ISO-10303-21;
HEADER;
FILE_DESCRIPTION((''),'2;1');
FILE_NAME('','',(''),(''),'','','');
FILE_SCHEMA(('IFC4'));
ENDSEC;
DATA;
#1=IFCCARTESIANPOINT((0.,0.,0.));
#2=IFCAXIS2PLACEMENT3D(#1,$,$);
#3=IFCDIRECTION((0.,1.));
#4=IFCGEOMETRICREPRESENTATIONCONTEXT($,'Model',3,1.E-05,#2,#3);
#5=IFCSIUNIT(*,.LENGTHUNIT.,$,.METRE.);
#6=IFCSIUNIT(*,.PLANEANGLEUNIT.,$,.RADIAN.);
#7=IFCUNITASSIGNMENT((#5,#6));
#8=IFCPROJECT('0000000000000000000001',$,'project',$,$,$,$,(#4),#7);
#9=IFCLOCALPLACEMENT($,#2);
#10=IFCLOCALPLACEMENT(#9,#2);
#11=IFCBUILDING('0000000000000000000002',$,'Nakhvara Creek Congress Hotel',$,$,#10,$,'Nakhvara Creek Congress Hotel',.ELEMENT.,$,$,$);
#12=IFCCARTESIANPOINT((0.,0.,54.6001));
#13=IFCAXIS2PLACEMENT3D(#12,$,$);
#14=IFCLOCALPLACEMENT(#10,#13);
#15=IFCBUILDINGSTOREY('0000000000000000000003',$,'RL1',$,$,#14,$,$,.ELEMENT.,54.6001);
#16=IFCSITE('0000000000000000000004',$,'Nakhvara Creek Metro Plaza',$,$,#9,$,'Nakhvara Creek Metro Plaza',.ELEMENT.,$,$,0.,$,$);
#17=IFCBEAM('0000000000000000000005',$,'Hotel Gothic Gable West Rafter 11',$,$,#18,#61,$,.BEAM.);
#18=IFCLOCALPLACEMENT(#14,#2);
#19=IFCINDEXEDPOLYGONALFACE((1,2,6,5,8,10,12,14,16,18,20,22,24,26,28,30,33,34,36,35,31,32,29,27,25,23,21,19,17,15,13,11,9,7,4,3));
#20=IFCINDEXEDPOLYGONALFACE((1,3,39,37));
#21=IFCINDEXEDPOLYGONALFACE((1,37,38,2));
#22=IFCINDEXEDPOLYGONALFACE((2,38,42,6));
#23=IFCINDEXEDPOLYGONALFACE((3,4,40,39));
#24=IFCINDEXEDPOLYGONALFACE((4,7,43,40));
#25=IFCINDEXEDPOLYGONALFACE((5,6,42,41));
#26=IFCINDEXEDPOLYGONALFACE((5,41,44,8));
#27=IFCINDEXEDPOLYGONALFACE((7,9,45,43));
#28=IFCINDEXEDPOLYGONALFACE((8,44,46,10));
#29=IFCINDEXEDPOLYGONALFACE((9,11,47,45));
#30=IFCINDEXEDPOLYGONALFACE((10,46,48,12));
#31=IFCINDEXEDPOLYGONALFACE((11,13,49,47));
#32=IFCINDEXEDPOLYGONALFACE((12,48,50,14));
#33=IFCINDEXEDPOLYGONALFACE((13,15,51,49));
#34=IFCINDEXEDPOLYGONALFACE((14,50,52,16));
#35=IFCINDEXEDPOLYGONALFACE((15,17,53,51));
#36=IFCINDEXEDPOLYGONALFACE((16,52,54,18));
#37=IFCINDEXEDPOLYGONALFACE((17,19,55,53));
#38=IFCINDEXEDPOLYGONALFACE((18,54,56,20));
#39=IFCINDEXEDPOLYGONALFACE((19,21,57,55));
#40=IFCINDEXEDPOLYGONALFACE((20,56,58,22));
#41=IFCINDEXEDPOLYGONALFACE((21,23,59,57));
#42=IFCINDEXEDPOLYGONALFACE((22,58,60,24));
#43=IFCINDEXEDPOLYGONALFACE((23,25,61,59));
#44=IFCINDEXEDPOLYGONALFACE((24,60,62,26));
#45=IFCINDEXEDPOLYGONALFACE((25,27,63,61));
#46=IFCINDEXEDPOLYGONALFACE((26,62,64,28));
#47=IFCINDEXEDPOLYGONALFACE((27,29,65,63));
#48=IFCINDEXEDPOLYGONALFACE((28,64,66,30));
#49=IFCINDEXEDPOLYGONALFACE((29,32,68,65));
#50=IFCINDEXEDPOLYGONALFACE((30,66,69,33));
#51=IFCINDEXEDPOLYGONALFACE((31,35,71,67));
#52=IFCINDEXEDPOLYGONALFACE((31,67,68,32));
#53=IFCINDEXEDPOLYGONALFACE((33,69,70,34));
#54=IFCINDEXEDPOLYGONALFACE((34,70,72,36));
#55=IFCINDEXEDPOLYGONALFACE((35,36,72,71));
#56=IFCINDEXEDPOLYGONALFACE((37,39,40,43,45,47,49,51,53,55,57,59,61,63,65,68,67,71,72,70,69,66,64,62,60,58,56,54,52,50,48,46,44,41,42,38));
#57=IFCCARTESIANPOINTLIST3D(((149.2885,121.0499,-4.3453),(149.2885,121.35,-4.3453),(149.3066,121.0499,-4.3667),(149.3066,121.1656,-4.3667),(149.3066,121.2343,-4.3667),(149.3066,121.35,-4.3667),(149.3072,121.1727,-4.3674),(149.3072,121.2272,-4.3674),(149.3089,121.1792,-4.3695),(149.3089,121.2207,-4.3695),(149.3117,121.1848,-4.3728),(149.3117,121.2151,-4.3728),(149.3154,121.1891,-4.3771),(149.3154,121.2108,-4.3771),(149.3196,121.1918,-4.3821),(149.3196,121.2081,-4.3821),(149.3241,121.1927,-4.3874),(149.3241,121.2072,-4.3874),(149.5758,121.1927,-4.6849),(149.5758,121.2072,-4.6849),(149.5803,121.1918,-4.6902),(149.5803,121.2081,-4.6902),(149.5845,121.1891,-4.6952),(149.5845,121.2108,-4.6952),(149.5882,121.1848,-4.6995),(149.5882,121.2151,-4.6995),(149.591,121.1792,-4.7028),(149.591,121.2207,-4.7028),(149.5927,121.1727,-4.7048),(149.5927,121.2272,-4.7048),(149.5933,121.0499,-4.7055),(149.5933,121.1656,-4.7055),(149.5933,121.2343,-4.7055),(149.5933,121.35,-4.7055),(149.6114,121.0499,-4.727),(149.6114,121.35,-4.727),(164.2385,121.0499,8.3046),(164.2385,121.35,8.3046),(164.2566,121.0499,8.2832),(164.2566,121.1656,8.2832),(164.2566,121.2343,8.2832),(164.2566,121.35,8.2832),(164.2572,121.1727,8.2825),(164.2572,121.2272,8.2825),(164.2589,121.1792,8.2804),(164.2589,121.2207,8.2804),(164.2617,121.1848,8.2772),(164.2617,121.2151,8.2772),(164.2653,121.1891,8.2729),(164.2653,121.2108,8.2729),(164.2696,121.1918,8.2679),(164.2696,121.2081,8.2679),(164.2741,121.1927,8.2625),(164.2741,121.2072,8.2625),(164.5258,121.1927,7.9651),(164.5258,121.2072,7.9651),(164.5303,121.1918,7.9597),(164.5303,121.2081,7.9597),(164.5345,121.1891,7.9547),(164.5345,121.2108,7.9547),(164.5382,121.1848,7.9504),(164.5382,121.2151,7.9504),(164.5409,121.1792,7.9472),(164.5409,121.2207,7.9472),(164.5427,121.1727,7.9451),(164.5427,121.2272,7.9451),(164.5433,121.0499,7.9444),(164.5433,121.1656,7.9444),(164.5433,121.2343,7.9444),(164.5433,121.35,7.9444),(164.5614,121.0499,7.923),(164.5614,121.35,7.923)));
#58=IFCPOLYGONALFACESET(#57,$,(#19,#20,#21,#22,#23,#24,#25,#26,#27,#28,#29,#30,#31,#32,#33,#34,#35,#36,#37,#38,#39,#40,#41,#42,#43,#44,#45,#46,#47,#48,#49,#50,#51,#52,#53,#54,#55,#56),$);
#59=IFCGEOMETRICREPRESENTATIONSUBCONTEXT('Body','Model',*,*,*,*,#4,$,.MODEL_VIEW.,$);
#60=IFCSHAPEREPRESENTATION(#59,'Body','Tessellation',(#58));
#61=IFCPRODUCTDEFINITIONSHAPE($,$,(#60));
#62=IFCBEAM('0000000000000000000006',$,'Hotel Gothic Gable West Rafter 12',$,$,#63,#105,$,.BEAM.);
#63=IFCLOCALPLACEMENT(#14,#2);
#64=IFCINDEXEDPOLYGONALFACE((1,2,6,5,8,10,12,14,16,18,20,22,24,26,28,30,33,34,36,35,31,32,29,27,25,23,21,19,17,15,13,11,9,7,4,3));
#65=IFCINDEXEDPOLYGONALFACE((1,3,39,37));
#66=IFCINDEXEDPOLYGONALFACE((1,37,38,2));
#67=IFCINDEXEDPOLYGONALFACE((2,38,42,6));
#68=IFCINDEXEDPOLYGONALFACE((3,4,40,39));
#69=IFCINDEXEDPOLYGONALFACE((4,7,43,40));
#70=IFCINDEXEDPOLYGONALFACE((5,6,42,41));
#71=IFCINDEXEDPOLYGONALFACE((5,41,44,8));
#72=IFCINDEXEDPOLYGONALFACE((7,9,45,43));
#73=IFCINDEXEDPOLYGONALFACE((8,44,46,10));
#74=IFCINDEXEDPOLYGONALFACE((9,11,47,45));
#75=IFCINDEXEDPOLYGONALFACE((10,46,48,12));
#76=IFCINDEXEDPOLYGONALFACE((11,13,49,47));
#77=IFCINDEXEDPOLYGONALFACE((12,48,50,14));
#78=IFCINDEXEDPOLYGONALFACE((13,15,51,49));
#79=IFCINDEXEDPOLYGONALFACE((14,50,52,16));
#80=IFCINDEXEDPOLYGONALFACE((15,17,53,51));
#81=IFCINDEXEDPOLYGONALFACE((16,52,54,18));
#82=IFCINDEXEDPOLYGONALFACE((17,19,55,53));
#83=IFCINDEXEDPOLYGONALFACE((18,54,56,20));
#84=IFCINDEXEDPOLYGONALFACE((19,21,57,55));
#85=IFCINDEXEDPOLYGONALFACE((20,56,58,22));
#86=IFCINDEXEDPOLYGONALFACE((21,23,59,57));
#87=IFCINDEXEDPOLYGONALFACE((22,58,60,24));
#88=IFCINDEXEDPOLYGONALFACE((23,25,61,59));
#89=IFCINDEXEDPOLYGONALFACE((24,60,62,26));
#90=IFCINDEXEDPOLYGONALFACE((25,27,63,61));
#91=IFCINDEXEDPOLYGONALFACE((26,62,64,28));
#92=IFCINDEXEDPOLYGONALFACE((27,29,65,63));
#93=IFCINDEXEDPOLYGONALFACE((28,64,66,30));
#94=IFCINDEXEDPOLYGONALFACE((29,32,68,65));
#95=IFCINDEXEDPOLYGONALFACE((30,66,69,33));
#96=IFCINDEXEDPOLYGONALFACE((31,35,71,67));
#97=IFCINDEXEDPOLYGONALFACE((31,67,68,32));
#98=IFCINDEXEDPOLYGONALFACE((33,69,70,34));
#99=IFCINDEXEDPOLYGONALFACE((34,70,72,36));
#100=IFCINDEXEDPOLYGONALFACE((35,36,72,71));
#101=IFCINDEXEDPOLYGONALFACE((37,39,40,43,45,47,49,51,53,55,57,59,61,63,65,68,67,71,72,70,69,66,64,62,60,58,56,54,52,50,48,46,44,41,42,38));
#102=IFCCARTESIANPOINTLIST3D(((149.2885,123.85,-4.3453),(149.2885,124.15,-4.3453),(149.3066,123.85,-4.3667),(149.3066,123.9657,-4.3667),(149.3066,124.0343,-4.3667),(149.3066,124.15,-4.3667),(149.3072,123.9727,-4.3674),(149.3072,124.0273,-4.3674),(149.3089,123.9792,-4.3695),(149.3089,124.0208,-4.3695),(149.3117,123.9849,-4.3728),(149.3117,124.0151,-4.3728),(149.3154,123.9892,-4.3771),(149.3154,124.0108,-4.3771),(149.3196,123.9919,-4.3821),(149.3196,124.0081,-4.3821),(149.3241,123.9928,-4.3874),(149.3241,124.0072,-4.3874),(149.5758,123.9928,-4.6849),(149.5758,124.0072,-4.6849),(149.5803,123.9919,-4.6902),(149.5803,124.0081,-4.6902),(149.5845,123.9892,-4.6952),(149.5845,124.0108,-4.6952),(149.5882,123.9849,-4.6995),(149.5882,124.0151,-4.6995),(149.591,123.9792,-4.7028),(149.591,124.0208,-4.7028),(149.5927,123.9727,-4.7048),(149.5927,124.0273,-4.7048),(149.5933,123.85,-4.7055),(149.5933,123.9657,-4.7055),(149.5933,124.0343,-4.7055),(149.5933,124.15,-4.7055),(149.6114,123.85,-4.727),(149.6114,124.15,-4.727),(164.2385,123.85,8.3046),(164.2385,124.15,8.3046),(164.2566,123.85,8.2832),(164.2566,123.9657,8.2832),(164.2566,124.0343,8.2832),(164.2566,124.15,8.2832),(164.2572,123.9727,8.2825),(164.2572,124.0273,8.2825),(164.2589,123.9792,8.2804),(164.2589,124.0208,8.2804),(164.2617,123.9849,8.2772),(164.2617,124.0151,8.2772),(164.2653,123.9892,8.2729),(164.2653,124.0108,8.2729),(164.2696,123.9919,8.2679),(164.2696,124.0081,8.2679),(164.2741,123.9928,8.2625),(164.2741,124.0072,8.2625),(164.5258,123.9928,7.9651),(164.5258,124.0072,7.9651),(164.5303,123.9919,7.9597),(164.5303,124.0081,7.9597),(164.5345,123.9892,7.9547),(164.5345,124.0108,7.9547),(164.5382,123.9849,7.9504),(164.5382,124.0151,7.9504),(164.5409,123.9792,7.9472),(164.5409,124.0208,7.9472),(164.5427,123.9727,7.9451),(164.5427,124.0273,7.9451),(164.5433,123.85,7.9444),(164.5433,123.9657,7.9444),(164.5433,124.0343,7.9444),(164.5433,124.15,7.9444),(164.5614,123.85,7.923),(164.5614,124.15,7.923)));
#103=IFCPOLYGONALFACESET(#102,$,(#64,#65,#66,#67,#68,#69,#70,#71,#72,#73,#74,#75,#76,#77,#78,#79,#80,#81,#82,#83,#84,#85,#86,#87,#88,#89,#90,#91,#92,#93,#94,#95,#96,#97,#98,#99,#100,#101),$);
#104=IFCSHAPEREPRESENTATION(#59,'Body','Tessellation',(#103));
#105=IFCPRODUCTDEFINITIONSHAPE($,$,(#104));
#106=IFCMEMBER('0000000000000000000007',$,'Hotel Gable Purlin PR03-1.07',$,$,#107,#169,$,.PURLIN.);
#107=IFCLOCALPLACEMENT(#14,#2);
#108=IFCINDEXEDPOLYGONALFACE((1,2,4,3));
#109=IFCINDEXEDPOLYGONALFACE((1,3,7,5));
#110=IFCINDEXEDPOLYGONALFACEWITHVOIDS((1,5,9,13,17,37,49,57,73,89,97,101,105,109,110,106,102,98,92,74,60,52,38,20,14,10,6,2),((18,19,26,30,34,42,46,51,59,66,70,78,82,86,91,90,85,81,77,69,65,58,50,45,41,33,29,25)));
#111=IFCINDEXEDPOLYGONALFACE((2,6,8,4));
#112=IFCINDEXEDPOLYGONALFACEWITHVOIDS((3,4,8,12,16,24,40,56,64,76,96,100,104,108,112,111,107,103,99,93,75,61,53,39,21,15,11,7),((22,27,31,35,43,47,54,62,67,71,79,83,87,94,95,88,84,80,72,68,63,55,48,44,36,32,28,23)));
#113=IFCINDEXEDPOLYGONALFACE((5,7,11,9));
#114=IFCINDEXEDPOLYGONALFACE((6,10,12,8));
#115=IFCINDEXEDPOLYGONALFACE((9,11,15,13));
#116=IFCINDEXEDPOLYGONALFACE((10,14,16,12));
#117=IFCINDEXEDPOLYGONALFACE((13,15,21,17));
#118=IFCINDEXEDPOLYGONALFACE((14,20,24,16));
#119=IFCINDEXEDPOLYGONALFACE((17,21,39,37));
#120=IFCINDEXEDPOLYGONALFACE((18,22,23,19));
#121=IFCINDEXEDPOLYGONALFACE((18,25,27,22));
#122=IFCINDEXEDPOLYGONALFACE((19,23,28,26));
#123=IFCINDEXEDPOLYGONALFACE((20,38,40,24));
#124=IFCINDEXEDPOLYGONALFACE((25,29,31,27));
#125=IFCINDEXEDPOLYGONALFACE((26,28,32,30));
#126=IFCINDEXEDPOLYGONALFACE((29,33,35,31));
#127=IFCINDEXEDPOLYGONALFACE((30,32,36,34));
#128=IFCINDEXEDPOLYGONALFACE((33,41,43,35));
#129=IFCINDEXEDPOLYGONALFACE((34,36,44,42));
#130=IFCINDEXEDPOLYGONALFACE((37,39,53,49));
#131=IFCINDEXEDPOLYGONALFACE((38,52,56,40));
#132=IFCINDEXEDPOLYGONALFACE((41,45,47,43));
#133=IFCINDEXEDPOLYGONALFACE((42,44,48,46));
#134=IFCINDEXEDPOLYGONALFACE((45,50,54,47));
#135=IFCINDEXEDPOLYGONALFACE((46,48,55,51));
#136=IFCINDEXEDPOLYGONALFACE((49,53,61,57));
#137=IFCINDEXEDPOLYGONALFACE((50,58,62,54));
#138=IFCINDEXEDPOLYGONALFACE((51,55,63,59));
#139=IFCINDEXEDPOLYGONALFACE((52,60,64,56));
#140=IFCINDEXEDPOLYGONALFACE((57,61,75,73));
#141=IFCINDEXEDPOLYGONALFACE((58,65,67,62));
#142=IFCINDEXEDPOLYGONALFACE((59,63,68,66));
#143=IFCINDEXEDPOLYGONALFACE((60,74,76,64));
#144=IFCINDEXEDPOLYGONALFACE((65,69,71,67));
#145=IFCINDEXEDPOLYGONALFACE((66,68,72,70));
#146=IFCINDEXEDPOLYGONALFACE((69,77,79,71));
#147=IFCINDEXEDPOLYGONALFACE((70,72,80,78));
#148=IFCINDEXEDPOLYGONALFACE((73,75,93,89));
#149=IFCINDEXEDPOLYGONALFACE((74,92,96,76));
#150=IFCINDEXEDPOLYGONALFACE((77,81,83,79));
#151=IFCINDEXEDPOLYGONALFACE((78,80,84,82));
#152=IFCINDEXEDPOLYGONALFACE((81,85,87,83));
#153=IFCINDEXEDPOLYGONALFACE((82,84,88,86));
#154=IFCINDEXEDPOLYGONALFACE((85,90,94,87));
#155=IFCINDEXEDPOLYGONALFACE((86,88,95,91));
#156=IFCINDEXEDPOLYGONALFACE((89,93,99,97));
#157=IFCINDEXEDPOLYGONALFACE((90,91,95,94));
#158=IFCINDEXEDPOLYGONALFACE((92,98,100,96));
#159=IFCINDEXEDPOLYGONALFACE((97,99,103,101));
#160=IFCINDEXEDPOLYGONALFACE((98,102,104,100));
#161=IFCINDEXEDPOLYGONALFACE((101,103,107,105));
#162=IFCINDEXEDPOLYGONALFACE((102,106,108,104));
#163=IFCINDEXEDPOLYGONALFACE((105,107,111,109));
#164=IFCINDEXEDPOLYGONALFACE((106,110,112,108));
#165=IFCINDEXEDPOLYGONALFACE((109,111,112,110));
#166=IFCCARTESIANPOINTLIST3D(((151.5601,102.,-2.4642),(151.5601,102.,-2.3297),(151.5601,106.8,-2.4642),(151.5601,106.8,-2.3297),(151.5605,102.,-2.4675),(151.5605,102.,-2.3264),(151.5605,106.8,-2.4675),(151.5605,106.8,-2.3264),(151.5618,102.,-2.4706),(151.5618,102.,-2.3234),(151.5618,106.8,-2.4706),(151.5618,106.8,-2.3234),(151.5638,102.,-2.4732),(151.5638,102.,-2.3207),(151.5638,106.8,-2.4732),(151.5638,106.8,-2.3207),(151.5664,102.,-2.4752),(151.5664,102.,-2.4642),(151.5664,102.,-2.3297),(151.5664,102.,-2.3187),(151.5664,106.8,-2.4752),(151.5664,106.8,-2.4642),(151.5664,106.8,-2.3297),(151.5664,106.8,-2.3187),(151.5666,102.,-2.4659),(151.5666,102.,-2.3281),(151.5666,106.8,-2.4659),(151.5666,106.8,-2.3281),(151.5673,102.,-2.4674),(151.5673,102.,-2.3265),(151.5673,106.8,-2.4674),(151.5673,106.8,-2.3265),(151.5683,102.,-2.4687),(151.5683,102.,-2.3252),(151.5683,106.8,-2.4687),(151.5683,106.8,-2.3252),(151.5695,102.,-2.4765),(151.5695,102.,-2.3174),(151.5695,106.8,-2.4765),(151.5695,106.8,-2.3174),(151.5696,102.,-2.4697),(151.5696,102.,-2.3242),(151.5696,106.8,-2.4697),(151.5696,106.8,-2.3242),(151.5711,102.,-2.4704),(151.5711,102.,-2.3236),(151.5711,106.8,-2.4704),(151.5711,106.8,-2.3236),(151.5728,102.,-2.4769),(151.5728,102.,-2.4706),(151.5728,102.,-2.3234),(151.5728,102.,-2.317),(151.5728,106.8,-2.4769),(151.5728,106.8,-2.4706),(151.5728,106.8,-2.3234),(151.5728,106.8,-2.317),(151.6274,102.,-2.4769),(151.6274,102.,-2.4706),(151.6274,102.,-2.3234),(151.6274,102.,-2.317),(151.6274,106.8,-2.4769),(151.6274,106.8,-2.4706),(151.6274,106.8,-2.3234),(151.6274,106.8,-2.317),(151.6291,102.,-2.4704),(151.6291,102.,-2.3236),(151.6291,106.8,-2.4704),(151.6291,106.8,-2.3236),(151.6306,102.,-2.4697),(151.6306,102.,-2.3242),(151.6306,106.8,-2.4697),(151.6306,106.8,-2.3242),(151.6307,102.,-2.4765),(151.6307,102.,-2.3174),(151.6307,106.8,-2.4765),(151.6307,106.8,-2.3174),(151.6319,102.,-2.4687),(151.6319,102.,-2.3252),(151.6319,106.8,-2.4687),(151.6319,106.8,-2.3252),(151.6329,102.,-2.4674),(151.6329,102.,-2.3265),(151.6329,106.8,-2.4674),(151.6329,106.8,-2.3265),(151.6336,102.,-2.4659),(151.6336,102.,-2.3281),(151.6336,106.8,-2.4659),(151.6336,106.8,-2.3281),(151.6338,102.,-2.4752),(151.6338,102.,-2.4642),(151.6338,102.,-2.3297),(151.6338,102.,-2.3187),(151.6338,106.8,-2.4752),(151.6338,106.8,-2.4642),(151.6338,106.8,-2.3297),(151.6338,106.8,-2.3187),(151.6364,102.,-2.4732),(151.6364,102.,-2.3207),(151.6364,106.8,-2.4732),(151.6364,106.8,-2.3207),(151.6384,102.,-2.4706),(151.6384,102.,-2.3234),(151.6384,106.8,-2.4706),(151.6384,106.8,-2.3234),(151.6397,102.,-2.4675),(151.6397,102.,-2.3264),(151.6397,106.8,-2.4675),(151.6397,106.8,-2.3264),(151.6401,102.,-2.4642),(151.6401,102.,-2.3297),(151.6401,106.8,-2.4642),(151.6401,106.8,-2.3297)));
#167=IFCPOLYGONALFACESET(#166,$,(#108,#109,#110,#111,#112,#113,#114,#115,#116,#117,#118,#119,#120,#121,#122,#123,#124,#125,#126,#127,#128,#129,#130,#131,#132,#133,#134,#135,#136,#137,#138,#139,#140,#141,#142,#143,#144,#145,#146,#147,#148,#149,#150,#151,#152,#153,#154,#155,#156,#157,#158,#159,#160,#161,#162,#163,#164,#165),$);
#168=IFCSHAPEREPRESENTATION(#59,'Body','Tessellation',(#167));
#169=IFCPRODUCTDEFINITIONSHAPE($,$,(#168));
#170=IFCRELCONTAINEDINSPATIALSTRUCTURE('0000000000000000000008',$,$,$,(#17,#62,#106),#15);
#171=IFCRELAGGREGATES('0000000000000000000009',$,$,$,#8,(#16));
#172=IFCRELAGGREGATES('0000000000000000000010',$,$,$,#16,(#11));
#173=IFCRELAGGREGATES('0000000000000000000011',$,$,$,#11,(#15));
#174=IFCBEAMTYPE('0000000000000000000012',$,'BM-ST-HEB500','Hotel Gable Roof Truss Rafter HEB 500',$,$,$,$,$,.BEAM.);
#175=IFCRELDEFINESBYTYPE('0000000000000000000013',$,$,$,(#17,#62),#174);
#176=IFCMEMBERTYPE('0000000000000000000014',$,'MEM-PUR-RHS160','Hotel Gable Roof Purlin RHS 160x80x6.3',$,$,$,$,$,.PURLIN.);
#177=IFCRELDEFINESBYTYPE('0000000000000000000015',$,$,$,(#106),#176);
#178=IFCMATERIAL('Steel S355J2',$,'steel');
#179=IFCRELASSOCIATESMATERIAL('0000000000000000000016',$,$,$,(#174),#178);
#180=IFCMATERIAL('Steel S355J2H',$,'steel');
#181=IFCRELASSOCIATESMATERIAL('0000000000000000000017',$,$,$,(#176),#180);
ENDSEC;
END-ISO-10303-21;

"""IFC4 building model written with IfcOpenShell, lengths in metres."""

from ifc_helpers import new_model, si_unit, direction, frame, origin, origin_2d, place, context, subcontext, project, spatial, hollow_rectangle, i_section, extrude, material, material_profile, profile_set, type_object, element, save


model = new_model("IFC4")

# Units and contexts
model_context = context("Model", 3, precision=1e-05, world=origin(), true_north=direction((0.0, 1.0)))
body_context = subcontext(model_context, "Body", "Model", "MODEL_VIEW")
ifc_project = project(units=[si_unit("LENGTHUNIT", "METRE"), si_unit("PLANEANGLEUNIT", "RADIAN")], contexts=[model_context])

# Site, building, storey
site_placement = place(None, origin())
site = spatial("IfcSite", under=ifc_project, at=site_placement, Name="Nakhvara Creek Metro Plaza", LongName="Nakhvara Creek Metro Plaza", CompositionType="ELEMENT", RefElevation=0.0)
building_placement = place(site_placement, origin())
building = spatial("IfcBuilding", under=site, at=building_placement, Name="Nakhvara Creek Congress Hotel", LongName="Nakhvara Creek Congress Hotel", CompositionType="ELEMENT")
storey_placement = place(building_placement, frame((0.0, 0.0, 54.6001)))
storey = spatial("IfcBuildingStorey", under=building, at=storey_placement, Name="RL1", CompositionType="ELEMENT", Elevation=54.6001)

# Beams
ifc_material_1 = material(Name="Steel S355J2", Category="steel")
ifc_material_profile_1 = material_profile(ifc_material_1, i_section(OverallWidth=0.3, OverallDepth=0.5, WebThickness=0.0144, FlangeThickness=0.0281, FilletRadius=0.0271, at=origin_2d()), Name="HEB 500", Category="LoadBearing")
ifc_profile_set_1 = profile_set([ifc_material_profile_1], Name="Steel S355J2")
beam_type = type_object("IfcBeamType", Name="BM-ST-HEB500", Description="Hotel Gable Roof Truss Rafter HEB 500", PredefinedType="BEAM", material=ifc_profile_set_1)
for number, where, z_axis, x_axis, name in (
    (1, (149.45, 121.2, -4.5361), (0.763388, 0.0, 0.645941), (0.0, 1.0, 0.0), "Hotel Gothic Gable West Rafter 11"),
    (2, (149.45, 124.0, -4.5361), (0.763388, 0.0, 0.645941), (0.0, 1.0, 0.0), "Hotel Gothic Gable West Rafter 12"),
):
    element("IfcBeam", number, at=place(storey_placement, frame(where, z_axis=z_axis, x_axis=x_axis)), inside=storey, type_object=beam_type, Name=name, PredefinedType="BEAM", context=body_context, shape_type="SweptSolid", body=[
        extrude(i_section(OverallWidth=0.3, OverallDepth=0.5, WebThickness=0.0144, FlangeThickness=0.0281, FilletRadius=0.0271, at=origin_2d()), origin(), (0.0, 0.0, 1.0), 19.5837),
    ])

# Member
ifc_material_2 = material(Name="Steel S355J2H", Category="steel")
ifc_material_profile_2 = material_profile(ifc_material_2, hollow_rectangle(XDim=0.0801, YDim=0.1599, WallThickness=0.0063, InnerFilletRadius=0.0063, OuterFilletRadius=0.0127, at=origin_2d()), Name="RHS 160x80x6.3", Category="LoadBearing")
ifc_profile_set_2 = profile_set([ifc_material_profile_2], Name="Steel S355J2H")
member_type = type_object("IfcMemberType", Name="MEM-PUR-RHS160", Description="Hotel Gable Roof Purlin RHS 160x80x6.3", PredefinedType="PURLIN", material=ifc_profile_set_2)
for number, where, z_axis, x_axis, name in (
    (3, (151.6001, 102.0, -2.397), (0.0, 1.0, 0.0), (-1.0, 0.0, 0.0), "Hotel Gable Purlin PR03-1.07"),
):
    element("IfcMember", number, at=place(storey_placement, frame(where, z_axis=z_axis, x_axis=x_axis)), inside=storey, type_object=member_type, Name=name, PredefinedType="PURLIN", context=body_context, shape_type="SweptSolid", body=[
        extrude(hollow_rectangle(XDim=0.0801, YDim=0.1599, WallThickness=0.0063, InnerFilletRadius=0.0063, OuterFilletRadius=0.0127, at=origin_2d()), origin(), (0.0, 0.0, 1.0), 4.8),
    ])

save(model, "model.ifc")
